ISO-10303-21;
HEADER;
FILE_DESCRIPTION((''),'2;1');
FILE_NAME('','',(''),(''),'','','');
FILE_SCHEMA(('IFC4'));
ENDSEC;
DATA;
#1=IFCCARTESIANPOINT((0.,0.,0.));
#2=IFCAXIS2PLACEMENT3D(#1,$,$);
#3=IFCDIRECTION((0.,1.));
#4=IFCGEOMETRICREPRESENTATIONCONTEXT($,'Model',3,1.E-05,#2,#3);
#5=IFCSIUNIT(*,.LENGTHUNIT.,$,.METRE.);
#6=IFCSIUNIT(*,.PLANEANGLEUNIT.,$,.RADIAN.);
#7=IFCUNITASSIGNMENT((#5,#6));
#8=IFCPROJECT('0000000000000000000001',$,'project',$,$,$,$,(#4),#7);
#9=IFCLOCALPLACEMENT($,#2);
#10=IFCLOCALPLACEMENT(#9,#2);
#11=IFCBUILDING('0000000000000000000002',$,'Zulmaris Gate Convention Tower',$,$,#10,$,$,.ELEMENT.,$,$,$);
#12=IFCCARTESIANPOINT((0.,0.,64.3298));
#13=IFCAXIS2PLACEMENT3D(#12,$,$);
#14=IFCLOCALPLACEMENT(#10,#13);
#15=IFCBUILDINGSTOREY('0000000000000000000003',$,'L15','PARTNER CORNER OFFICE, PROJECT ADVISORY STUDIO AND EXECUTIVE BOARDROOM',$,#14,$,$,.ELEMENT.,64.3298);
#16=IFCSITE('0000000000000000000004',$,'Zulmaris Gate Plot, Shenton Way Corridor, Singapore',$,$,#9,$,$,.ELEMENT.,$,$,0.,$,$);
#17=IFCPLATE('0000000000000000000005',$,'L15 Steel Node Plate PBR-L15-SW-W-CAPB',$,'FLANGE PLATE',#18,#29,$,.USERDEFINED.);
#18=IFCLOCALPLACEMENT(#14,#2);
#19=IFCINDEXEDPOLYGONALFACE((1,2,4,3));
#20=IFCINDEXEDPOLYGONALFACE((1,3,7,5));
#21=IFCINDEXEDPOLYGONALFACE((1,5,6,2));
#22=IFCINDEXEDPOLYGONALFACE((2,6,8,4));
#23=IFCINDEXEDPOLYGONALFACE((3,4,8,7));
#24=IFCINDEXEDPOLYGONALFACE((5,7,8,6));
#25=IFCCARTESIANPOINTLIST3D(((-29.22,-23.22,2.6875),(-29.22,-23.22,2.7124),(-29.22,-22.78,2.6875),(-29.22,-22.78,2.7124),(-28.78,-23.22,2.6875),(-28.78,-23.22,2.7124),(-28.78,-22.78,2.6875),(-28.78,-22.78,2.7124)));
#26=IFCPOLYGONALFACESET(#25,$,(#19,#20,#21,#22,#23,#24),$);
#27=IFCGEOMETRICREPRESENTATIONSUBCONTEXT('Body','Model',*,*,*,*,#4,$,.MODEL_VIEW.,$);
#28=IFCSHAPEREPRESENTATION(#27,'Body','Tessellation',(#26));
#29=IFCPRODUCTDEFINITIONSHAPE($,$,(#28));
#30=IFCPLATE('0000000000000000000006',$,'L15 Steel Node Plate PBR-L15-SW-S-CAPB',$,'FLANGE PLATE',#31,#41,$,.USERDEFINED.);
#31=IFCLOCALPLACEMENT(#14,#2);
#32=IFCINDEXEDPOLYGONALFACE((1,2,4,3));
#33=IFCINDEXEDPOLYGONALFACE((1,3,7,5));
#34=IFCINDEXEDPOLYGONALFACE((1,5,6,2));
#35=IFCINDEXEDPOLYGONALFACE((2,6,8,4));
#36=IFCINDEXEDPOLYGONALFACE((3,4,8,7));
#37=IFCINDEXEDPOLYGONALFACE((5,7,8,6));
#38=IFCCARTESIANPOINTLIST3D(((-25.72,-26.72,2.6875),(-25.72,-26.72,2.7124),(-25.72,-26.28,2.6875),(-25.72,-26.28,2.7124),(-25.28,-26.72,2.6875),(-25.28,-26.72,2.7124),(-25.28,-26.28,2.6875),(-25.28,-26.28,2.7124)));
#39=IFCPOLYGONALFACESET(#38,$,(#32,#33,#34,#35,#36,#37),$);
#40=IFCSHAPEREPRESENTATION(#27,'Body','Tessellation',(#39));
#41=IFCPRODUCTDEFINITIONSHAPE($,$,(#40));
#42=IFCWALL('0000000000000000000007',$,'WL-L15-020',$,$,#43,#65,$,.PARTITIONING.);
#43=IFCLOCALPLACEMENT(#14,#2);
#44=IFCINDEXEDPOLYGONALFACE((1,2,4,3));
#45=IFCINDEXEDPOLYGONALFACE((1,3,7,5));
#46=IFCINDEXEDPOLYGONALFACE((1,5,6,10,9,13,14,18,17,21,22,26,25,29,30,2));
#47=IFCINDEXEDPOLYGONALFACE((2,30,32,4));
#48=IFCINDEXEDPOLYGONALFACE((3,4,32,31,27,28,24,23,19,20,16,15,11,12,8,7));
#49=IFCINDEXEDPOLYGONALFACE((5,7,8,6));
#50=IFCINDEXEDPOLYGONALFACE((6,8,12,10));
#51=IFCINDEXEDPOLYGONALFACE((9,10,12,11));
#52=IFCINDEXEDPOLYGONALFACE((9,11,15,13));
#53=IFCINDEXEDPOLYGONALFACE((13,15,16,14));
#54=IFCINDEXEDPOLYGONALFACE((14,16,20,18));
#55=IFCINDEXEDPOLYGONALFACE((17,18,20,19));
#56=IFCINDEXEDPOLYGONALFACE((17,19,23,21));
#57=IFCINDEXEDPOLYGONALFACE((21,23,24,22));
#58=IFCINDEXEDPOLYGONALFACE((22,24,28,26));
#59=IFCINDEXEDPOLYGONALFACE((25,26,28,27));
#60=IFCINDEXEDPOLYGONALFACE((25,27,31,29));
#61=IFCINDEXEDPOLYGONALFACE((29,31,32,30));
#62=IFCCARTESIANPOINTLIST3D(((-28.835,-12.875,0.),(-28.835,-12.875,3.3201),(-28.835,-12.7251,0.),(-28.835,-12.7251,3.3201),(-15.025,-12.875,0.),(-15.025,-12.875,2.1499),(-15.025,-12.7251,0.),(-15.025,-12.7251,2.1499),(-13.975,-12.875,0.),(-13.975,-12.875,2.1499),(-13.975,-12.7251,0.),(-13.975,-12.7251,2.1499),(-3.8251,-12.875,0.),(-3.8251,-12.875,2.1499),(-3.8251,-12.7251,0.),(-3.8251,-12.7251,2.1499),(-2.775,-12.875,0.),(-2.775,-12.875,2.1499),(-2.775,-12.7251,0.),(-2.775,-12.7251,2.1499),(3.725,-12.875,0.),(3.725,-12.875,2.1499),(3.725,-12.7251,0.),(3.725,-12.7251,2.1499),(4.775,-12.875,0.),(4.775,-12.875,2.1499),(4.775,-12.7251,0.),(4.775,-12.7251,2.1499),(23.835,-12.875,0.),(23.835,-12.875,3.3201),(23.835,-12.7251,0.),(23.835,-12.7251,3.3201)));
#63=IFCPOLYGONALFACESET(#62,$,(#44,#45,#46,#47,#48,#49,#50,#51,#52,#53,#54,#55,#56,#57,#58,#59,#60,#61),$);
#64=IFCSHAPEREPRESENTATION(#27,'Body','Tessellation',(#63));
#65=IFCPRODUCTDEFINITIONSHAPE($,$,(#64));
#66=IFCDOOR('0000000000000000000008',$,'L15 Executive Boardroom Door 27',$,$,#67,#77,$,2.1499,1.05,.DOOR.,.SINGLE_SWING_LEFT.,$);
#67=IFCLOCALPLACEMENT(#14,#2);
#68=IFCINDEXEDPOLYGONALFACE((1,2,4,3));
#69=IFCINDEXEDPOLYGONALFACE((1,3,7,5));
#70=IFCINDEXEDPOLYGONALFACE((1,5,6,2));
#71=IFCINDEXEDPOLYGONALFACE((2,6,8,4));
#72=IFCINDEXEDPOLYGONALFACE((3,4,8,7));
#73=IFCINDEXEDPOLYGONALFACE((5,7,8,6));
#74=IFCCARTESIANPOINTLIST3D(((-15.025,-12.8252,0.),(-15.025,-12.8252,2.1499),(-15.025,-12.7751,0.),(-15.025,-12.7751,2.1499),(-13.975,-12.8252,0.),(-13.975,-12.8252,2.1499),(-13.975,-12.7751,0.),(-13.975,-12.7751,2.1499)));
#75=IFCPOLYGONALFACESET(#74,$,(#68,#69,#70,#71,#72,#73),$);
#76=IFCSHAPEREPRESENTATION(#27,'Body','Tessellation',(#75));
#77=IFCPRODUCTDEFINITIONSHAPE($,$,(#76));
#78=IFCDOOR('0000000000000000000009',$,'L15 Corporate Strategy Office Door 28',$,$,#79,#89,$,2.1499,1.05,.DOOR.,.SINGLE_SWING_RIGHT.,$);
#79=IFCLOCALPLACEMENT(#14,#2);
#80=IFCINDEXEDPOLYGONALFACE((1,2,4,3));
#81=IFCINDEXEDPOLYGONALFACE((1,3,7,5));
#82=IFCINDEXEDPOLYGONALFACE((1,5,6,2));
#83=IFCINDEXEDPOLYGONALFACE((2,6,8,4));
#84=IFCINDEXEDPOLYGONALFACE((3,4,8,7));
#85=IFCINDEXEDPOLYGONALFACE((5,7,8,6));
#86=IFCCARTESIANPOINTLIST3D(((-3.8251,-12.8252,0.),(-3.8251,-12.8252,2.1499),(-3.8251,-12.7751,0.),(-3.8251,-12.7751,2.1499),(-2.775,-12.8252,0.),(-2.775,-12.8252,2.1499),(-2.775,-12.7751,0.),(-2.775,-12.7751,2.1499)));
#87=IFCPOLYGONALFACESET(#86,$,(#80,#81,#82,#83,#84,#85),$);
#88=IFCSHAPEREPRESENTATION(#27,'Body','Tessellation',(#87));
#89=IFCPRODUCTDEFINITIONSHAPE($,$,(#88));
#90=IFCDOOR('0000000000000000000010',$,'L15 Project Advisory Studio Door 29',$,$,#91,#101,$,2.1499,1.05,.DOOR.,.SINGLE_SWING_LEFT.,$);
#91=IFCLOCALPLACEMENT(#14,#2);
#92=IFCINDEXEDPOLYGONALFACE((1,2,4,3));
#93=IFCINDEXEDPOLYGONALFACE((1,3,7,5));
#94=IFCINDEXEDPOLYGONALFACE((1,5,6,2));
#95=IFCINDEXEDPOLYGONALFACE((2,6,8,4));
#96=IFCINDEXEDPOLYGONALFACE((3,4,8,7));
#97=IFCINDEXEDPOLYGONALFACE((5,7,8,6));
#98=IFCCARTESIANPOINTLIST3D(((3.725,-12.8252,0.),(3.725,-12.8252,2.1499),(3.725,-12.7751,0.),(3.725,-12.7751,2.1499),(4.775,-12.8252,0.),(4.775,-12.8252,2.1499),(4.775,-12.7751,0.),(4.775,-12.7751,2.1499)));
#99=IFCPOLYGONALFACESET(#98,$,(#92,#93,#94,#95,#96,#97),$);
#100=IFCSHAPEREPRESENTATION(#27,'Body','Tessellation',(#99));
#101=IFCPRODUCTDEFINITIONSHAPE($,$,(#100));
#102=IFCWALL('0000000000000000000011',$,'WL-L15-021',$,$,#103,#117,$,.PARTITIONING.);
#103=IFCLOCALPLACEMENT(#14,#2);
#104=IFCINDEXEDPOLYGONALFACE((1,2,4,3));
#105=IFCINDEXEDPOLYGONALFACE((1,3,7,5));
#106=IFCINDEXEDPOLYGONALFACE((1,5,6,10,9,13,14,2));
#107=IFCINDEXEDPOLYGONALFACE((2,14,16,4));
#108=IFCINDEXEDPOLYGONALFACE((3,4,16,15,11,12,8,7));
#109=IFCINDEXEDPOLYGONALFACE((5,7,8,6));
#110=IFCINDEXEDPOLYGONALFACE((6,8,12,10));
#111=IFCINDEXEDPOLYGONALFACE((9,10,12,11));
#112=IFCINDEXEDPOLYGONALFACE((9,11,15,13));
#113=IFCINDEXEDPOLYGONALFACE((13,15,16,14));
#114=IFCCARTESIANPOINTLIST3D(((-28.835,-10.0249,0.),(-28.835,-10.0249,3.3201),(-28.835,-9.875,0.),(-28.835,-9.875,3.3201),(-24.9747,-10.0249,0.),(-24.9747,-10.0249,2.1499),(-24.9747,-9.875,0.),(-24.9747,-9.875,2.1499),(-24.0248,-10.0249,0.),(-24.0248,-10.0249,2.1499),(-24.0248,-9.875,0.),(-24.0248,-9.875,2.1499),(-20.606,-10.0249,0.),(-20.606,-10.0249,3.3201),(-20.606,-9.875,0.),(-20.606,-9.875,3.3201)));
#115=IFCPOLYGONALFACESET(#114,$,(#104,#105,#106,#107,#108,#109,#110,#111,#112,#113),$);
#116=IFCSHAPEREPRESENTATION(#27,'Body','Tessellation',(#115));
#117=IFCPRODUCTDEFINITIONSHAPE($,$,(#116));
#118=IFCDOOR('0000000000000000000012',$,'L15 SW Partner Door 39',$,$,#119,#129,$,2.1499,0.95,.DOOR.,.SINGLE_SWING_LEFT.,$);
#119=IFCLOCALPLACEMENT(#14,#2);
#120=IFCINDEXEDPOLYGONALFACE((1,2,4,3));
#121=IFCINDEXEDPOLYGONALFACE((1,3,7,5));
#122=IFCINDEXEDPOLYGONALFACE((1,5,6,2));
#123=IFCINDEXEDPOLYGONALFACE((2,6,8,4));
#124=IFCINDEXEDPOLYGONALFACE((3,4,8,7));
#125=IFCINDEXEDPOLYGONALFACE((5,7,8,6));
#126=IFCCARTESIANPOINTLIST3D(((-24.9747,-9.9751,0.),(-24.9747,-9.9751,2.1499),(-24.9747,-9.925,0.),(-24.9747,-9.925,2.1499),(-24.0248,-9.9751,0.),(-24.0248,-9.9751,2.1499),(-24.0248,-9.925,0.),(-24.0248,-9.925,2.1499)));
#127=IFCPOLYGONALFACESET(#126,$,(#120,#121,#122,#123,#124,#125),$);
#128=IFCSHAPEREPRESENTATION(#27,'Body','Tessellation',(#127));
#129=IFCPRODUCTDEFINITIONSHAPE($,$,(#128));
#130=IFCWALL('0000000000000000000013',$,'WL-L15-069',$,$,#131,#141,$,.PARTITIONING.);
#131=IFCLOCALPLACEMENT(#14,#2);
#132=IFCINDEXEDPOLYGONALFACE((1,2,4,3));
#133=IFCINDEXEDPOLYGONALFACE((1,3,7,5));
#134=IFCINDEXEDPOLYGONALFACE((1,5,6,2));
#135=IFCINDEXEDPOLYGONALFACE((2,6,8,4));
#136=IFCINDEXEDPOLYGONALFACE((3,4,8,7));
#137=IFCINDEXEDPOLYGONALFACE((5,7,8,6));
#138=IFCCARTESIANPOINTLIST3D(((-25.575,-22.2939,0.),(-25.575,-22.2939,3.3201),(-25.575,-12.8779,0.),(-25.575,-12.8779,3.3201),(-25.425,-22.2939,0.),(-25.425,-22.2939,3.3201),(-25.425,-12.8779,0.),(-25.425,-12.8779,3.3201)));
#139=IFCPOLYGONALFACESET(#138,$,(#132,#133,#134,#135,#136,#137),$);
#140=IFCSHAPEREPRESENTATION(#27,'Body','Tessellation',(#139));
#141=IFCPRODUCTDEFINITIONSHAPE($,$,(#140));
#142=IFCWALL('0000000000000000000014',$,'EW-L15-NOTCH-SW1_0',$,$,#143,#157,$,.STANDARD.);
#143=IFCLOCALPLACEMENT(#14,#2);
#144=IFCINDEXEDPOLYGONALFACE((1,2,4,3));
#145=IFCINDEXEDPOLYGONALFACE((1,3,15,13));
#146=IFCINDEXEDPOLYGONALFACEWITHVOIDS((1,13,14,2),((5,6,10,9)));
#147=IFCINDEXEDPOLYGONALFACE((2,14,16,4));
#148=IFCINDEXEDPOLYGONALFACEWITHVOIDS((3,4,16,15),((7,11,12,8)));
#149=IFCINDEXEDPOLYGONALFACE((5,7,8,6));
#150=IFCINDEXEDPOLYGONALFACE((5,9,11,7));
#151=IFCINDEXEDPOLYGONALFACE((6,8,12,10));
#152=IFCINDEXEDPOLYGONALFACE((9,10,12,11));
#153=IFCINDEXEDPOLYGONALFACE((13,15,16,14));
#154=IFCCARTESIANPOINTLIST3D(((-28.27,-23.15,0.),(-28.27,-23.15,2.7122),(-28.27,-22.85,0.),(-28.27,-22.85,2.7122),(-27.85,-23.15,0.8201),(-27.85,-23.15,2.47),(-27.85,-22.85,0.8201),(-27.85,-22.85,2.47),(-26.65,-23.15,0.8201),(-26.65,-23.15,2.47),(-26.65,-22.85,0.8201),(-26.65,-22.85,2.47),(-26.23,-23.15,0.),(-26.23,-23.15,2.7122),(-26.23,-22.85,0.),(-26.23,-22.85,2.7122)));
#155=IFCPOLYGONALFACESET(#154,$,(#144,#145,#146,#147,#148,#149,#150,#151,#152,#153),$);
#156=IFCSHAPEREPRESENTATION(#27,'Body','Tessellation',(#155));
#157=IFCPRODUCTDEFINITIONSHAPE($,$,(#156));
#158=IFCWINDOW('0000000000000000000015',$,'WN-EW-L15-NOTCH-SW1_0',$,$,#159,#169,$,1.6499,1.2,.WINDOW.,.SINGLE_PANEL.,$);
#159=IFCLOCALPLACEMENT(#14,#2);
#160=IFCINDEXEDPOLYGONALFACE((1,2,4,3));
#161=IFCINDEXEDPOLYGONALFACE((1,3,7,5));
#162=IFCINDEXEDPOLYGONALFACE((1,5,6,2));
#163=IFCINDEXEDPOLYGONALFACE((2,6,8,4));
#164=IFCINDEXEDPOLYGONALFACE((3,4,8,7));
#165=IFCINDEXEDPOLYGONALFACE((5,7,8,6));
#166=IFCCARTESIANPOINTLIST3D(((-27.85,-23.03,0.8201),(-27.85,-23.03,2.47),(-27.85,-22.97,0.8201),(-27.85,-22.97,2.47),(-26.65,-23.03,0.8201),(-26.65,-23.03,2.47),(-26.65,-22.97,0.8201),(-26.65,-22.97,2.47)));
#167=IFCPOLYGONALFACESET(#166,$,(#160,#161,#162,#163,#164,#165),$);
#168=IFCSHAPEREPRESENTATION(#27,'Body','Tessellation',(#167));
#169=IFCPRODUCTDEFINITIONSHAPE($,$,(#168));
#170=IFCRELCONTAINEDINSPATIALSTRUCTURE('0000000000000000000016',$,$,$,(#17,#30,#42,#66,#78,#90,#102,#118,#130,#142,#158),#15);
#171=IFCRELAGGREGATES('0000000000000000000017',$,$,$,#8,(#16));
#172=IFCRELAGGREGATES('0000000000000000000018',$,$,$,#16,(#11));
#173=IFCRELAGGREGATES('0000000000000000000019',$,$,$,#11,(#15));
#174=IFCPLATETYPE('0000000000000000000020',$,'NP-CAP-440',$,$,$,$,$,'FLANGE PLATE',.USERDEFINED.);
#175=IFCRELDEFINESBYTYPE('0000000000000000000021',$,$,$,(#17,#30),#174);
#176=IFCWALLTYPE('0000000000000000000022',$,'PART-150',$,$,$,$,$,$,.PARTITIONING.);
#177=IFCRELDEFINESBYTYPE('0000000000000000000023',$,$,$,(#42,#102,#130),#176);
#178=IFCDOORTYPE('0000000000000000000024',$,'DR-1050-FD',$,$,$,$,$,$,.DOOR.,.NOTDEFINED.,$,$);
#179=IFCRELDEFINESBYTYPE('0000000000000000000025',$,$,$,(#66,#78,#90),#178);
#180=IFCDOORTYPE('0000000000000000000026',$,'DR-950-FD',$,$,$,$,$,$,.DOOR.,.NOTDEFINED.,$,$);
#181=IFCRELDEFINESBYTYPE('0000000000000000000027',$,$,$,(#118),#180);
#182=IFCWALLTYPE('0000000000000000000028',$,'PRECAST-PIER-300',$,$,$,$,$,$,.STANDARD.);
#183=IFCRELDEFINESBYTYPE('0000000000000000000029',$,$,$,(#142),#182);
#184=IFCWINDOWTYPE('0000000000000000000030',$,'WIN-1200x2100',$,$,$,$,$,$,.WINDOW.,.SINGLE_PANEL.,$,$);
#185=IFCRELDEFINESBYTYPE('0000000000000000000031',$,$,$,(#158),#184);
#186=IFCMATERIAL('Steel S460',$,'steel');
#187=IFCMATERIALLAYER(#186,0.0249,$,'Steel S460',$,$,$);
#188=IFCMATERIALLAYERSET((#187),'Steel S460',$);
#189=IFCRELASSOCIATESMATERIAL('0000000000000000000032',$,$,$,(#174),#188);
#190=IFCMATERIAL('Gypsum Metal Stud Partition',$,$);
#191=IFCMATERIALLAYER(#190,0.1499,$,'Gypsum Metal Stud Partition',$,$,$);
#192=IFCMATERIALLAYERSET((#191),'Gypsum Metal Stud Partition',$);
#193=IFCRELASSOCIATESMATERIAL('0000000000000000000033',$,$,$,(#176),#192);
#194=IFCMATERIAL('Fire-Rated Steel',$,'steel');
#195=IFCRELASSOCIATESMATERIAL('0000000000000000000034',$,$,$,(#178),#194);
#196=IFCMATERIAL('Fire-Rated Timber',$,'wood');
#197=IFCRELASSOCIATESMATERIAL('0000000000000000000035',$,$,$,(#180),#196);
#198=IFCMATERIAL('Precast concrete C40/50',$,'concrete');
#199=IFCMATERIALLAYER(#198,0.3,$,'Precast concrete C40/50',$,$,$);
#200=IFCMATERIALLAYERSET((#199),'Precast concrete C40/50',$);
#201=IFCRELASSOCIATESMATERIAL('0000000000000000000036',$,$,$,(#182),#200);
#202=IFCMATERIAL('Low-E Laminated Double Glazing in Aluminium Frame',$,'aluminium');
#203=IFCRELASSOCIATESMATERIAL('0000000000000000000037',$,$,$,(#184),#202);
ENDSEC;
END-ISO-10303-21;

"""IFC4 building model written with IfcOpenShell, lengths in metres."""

from ifc_helpers import new_model, si_unit, direction, frame, frame_2d, origin, origin_2d, place, context, subcontext, project, spatial, rectangle, extrude, material, layer, layer_set, type_object, element, fill, save


model = new_model("IFC4")

# Units and contexts
model_context = context("Model", 3, precision=1e-05, world=origin(), true_north=direction((0.0, 1.0)))
body_context = subcontext(model_context, "Body", "Model", "MODEL_VIEW")
ifc_project = project(units=[si_unit("LENGTHUNIT", "METRE"), si_unit("PLANEANGLEUNIT", "RADIAN")], contexts=[model_context])

# Site, building, storey
site_placement = place(None, origin())
site = spatial("IfcSite", under=ifc_project, at=site_placement, Name="Zulmaris Gate Plot, Shenton Way Corridor, Singapore", CompositionType="ELEMENT", RefElevation=0.0)
building_placement = place(site_placement, origin())
building = spatial("IfcBuilding", under=site, at=building_placement, Name="Zulmaris Gate Convention Tower", CompositionType="ELEMENT")
storey_placement = place(building_placement, frame((0.0, 0.0, 64.3298)))
storey = spatial("IfcBuildingStorey", under=building, at=storey_placement, Name="L15", Description="PARTNER CORNER OFFICE, PROJECT ADVISORY STUDIO AND EXECUTIVE BOARDROOM", CompositionType="ELEMENT", Elevation=64.3298)

# Plates
ifc_material_1 = material(Name="Steel S460", Category="steel")
ifc_layer_1 = layer(ifc_material_1, 0.0249, Name="Steel S460")
ifc_layer_set_1 = layer_set([ifc_layer_1], Name="Steel S460")
plate_type = type_object("IfcPlateType", Name="NP-CAP-440", ElementType="FLANGE PLATE", PredefinedType="USERDEFINED", material=ifc_layer_set_1)
for number, where, z_axis, x_axis, name in (
    (1, (-29.0, -23.0, 2.6875), (0.0, 0.0, 1.0), (1.0, 0.0, 0.0), "L15 Steel Node Plate PBR-L15-SW-W-CAPB"),
    (2, (-25.5, -26.5, 2.6875), (0.0, 0.0, 1.0), (1.0, 0.0, 0.0), "L15 Steel Node Plate PBR-L15-SW-S-CAPB"),
):
    element("IfcPlate", number, at=place(storey_placement, frame(where, z_axis=z_axis, x_axis=x_axis)), inside=storey, type_object=plate_type, Name=name, ObjectType="FLANGE PLATE", PredefinedType="USERDEFINED", context=body_context, shape_type="SweptSolid", body=[
        extrude(rectangle(XDim=0.4399, YDim=0.4399, at=origin_2d()), origin(), (0.0, 0.0, 1.0), 0.0249),
    ])

# Wall, openings, doors
ifc_material_2 = material(Name="Gypsum Metal Stud Partition")
ifc_layer_2 = layer(ifc_material_2, 0.1499, Name="Gypsum Metal Stud Partition")
ifc_layer_set_2 = layer_set([ifc_layer_2], Name="Gypsum Metal Stud Partition")
wall_type_1 = type_object("IfcWallType", Name="PART-150", PredefinedType="PARTITIONING", material=ifc_layer_set_2)
wall_1_placement = place(storey_placement, frame((-28.835, -12.8, 0.0), z_axis=(0.0, 0.0, 1.0), x_axis=(1.0, 0.0, 0.0)))
wall_1 = element("IfcWall", 3, at=wall_1_placement, inside=storey, type_object=wall_type_1, Name="WL-L15-020", PredefinedType="PARTITIONING", context=body_context, shape_type="SweptSolid", body=[
    extrude(rectangle(XDim=52.6699, YDim=0.1499, at=frame_2d((26.335, 0.0))), origin(), (0.0, 0.0, 1.0), 3.3201),
])
opening_1_placement = place(wall_1_placement, frame((13.8101, 0.0, 0.0)))
opening_1 = element("IfcOpeningElement", 4, at=opening_1_placement, cuts=wall_1, PredefinedType="OPENING", context=body_context, shape_type="SweptSolid", body=[
    extrude(rectangle(XDim=1.05, YDim=2.1499, at=frame_2d((0.5249, 1.075))), frame((0.0, 0.085, 0.0), z_axis=(0.0, -1.0, 0.0), x_axis=(1.0, 0.0, 0.0)), (0.0, 0.0, 1.0), 0.1699),
])
opening_2_placement = place(wall_1_placement, frame((25.01, 0.0, 0.0)))
opening_2 = element("IfcOpeningElement", 5, at=opening_2_placement, cuts=wall_1, PredefinedType="OPENING", context=body_context, shape_type="SweptSolid", body=[
    extrude(rectangle(XDim=1.05, YDim=2.1499, at=frame_2d((0.5249, 1.075))), frame((0.0, 0.085, 0.0), z_axis=(0.0, -1.0, 0.0), x_axis=(1.0, 0.0, 0.0)), (0.0, 0.0, 1.0), 0.1699),
])
opening_3_placement = place(wall_1_placement, frame((32.5601, 0.0, 0.0)))
opening_3 = element("IfcOpeningElement", 6, at=opening_3_placement, cuts=wall_1, PredefinedType="OPENING", context=body_context, shape_type="SweptSolid", body=[
    extrude(rectangle(XDim=1.05, YDim=2.1499, at=frame_2d((0.5249, 1.075))), frame((0.0, 0.085, 0.0), z_axis=(0.0, -1.0, 0.0), x_axis=(1.0, 0.0, 0.0)), (0.0, 0.0, 1.0), 0.1699),
])
ifc_material_3 = material(Name="Fire-Rated Steel", Category="steel")
door_type_1 = type_object("IfcDoorType", Name="DR-1050-FD", OperationType="NOTDEFINED", PredefinedType="DOOR", material=ifc_material_3)
door_1_placement = place(opening_1_placement, origin())
door_1 = element("IfcDoor", 7, at=door_1_placement, inside=storey, type_object=door_type_1, Name="L15 Executive Boardroom Door 27", OperationType="SINGLE_SWING_LEFT", OverallHeight=2.1499, OverallWidth=1.05, PredefinedType="DOOR", context=body_context, shape_type="SweptSolid", body=[
    extrude(rectangle(XDim=1.05, YDim=2.1499, at=frame_2d((0.5249, 1.075))), frame((0.0, 0.0249, 0.0), z_axis=(0.0, -1.0, 0.0), x_axis=(1.0, 0.0, 0.0)), (0.0, 0.0, 1.0), 0.05),
])
fill(opening_1, door_1)
door_2_placement = place(opening_2_placement, origin())
door_2 = element("IfcDoor", 8, at=door_2_placement, inside=storey, type_object=door_type_1, Name="L15 Corporate Strategy Office Door 28", OperationType="SINGLE_SWING_RIGHT", OverallHeight=2.1499, OverallWidth=1.05, PredefinedType="DOOR", context=body_context, shape_type="SweptSolid", body=[
    extrude(rectangle(XDim=1.05, YDim=2.1499, at=frame_2d((0.5249, 1.075))), frame((0.0, 0.0249, 0.0), z_axis=(0.0, -1.0, 0.0), x_axis=(1.0, 0.0, 0.0)), (0.0, 0.0, 1.0), 0.05),
])
fill(opening_2, door_2)
door_3_placement = place(opening_3_placement, origin())
door_3 = element("IfcDoor", 9, at=door_3_placement, inside=storey, type_object=door_type_1, Name="L15 Project Advisory Studio Door 29", OperationType="SINGLE_SWING_LEFT", OverallHeight=2.1499, OverallWidth=1.05, PredefinedType="DOOR", context=body_context, shape_type="SweptSolid", body=[
    extrude(rectangle(XDim=1.05, YDim=2.1499, at=frame_2d((0.5249, 1.075))), frame((0.0, 0.0249, 0.0), z_axis=(0.0, -1.0, 0.0), x_axis=(1.0, 0.0, 0.0)), (0.0, 0.0, 1.0), 0.05),
])
fill(opening_3, door_3)

# Wall, opening, door
wall_2_placement = place(storey_placement, frame((-28.835, -9.95, 0.0), z_axis=(0.0, 0.0, 1.0), x_axis=(1.0, 0.0, 0.0)))
wall_2 = element("IfcWall", 10, at=wall_2_placement, inside=storey, type_object=wall_type_1, Name="WL-L15-021", PredefinedType="PARTITIONING", context=body_context, shape_type="SweptSolid", body=[
    extrude(rectangle(XDim=8.229, YDim=0.1499, at=frame_2d((4.1145, 0.0))), origin(), (0.0, 0.0, 1.0), 3.3201),
])
opening_4_placement = place(wall_2_placement, frame((3.8601, 0.0, 0.0)))
opening_4 = element("IfcOpeningElement", 11, at=opening_4_placement, cuts=wall_2, PredefinedType="OPENING", context=body_context, shape_type="SweptSolid", body=[
    extrude(rectangle(XDim=0.95, YDim=2.1499, at=frame_2d((0.4751, 1.075))), frame((0.0, 0.085, 0.0), z_axis=(0.0, -1.0, 0.0), x_axis=(1.0, 0.0, 0.0)), (0.0, 0.0, 1.0), 0.1699),
])
ifc_material_4 = material(Name="Fire-Rated Timber", Category="wood")
door_type_2 = type_object("IfcDoorType", Name="DR-950-FD", OperationType="NOTDEFINED", PredefinedType="DOOR", material=ifc_material_4)
door_4_placement = place(opening_4_placement, origin())
door_4 = element("IfcDoor", 12, at=door_4_placement, inside=storey, type_object=door_type_2, Name="L15 SW Partner Door 39", OperationType="SINGLE_SWING_LEFT", OverallHeight=2.1499, OverallWidth=0.95, PredefinedType="DOOR", context=body_context, shape_type="SweptSolid", body=[
    extrude(rectangle(XDim=0.95, YDim=2.1499, at=frame_2d((0.4751, 1.075))), frame((0.0, 0.0249, 0.0), z_axis=(0.0, -1.0, 0.0), x_axis=(1.0, 0.0, 0.0)), (0.0, 0.0, 1.0), 0.05),
])
fill(opening_4, door_4)

# Wall
wall_3_placement = place(storey_placement, frame((-25.5, -22.2939, 0.0), z_axis=(0.0, 0.0, 1.0), x_axis=(0.0, 1.0, 0.0)))
element("IfcWall", 13, at=wall_3_placement, inside=storey, type_object=wall_type_1, Name="WL-L15-069", PredefinedType="PARTITIONING", context=body_context, shape_type="SweptSolid", body=[
    extrude(rectangle(XDim=9.416, YDim=0.1499, at=frame_2d((4.708, 0.0))), origin(), (0.0, 0.0, 1.0), 3.3201),
])

# Wall, opening, window
ifc_material_5 = material(Name="Precast concrete C40/50", Category="concrete")
ifc_layer_3 = layer(ifc_material_5, 0.3, Name="Precast concrete C40/50")
ifc_layer_set_3 = layer_set([ifc_layer_3], Name="Precast concrete C40/50")
wall_type_2 = type_object("IfcWallType", Name="PRECAST-PIER-300", PredefinedType="STANDARD", material=ifc_layer_set_3)
wall_4_placement = place(storey_placement, frame((-28.27, -23.0, 0.0), z_axis=(0.0, 0.0, 1.0), x_axis=(1.0, 0.0, 0.0)))
wall_4 = element("IfcWall", 14, at=wall_4_placement, inside=storey, type_object=wall_type_2, Name="EW-L15-NOTCH-SW1_0", PredefinedType="STANDARD", context=body_context, shape_type="SweptSolid", body=[
    extrude(rectangle(XDim=2.04, YDim=0.3, at=frame_2d((1.02, 0.0))), origin(), (0.0, 0.0, 1.0), 2.7122),
])
opening_5_placement = place(wall_4_placement, frame((0.4199, 0.0, 0.8201)))
opening_5 = element("IfcOpeningElement", 15, at=opening_5_placement, cuts=wall_4, PredefinedType="OPENING", context=body_context, shape_type="SweptSolid", body=[
    extrude(rectangle(XDim=1.2, YDim=1.6499, at=frame_2d((0.6001, 0.825))), frame((0.0, 0.1602, 0.0), z_axis=(0.0, -1.0, 0.0), x_axis=(1.0, 0.0, 0.0)), (0.0, 0.0, 1.0), 0.3201),
])
ifc_material_6 = material(Name="Low-E Laminated Double Glazing in Aluminium Frame", Category="aluminium")
window_type = type_object("IfcWindowType", Name="WIN-1200x2100", PartitioningType="SINGLE_PANEL", PredefinedType="WINDOW", material=ifc_material_6)
window_1_placement = place(opening_5_placement, origin())
window_1 = element("IfcWindow", 16, at=window_1_placement, inside=storey, type_object=window_type, Name="WN-EW-L15-NOTCH-SW1_0", OverallHeight=1.6499, OverallWidth=1.2, PartitioningType="SINGLE_PANEL", PredefinedType="WINDOW", context=body_context, shape_type="SweptSolid", body=[
    extrude(rectangle(XDim=1.2, YDim=1.6499, at=frame_2d((0.6001, 0.825))), frame((0.0, 0.03, 0.0), z_axis=(0.0, -1.0, 0.0), x_axis=(1.0, 0.0, 0.0)), (0.0, 0.0, 1.0), 0.0601),
])
fill(opening_5, window_1)

save(model, "model.ifc")
